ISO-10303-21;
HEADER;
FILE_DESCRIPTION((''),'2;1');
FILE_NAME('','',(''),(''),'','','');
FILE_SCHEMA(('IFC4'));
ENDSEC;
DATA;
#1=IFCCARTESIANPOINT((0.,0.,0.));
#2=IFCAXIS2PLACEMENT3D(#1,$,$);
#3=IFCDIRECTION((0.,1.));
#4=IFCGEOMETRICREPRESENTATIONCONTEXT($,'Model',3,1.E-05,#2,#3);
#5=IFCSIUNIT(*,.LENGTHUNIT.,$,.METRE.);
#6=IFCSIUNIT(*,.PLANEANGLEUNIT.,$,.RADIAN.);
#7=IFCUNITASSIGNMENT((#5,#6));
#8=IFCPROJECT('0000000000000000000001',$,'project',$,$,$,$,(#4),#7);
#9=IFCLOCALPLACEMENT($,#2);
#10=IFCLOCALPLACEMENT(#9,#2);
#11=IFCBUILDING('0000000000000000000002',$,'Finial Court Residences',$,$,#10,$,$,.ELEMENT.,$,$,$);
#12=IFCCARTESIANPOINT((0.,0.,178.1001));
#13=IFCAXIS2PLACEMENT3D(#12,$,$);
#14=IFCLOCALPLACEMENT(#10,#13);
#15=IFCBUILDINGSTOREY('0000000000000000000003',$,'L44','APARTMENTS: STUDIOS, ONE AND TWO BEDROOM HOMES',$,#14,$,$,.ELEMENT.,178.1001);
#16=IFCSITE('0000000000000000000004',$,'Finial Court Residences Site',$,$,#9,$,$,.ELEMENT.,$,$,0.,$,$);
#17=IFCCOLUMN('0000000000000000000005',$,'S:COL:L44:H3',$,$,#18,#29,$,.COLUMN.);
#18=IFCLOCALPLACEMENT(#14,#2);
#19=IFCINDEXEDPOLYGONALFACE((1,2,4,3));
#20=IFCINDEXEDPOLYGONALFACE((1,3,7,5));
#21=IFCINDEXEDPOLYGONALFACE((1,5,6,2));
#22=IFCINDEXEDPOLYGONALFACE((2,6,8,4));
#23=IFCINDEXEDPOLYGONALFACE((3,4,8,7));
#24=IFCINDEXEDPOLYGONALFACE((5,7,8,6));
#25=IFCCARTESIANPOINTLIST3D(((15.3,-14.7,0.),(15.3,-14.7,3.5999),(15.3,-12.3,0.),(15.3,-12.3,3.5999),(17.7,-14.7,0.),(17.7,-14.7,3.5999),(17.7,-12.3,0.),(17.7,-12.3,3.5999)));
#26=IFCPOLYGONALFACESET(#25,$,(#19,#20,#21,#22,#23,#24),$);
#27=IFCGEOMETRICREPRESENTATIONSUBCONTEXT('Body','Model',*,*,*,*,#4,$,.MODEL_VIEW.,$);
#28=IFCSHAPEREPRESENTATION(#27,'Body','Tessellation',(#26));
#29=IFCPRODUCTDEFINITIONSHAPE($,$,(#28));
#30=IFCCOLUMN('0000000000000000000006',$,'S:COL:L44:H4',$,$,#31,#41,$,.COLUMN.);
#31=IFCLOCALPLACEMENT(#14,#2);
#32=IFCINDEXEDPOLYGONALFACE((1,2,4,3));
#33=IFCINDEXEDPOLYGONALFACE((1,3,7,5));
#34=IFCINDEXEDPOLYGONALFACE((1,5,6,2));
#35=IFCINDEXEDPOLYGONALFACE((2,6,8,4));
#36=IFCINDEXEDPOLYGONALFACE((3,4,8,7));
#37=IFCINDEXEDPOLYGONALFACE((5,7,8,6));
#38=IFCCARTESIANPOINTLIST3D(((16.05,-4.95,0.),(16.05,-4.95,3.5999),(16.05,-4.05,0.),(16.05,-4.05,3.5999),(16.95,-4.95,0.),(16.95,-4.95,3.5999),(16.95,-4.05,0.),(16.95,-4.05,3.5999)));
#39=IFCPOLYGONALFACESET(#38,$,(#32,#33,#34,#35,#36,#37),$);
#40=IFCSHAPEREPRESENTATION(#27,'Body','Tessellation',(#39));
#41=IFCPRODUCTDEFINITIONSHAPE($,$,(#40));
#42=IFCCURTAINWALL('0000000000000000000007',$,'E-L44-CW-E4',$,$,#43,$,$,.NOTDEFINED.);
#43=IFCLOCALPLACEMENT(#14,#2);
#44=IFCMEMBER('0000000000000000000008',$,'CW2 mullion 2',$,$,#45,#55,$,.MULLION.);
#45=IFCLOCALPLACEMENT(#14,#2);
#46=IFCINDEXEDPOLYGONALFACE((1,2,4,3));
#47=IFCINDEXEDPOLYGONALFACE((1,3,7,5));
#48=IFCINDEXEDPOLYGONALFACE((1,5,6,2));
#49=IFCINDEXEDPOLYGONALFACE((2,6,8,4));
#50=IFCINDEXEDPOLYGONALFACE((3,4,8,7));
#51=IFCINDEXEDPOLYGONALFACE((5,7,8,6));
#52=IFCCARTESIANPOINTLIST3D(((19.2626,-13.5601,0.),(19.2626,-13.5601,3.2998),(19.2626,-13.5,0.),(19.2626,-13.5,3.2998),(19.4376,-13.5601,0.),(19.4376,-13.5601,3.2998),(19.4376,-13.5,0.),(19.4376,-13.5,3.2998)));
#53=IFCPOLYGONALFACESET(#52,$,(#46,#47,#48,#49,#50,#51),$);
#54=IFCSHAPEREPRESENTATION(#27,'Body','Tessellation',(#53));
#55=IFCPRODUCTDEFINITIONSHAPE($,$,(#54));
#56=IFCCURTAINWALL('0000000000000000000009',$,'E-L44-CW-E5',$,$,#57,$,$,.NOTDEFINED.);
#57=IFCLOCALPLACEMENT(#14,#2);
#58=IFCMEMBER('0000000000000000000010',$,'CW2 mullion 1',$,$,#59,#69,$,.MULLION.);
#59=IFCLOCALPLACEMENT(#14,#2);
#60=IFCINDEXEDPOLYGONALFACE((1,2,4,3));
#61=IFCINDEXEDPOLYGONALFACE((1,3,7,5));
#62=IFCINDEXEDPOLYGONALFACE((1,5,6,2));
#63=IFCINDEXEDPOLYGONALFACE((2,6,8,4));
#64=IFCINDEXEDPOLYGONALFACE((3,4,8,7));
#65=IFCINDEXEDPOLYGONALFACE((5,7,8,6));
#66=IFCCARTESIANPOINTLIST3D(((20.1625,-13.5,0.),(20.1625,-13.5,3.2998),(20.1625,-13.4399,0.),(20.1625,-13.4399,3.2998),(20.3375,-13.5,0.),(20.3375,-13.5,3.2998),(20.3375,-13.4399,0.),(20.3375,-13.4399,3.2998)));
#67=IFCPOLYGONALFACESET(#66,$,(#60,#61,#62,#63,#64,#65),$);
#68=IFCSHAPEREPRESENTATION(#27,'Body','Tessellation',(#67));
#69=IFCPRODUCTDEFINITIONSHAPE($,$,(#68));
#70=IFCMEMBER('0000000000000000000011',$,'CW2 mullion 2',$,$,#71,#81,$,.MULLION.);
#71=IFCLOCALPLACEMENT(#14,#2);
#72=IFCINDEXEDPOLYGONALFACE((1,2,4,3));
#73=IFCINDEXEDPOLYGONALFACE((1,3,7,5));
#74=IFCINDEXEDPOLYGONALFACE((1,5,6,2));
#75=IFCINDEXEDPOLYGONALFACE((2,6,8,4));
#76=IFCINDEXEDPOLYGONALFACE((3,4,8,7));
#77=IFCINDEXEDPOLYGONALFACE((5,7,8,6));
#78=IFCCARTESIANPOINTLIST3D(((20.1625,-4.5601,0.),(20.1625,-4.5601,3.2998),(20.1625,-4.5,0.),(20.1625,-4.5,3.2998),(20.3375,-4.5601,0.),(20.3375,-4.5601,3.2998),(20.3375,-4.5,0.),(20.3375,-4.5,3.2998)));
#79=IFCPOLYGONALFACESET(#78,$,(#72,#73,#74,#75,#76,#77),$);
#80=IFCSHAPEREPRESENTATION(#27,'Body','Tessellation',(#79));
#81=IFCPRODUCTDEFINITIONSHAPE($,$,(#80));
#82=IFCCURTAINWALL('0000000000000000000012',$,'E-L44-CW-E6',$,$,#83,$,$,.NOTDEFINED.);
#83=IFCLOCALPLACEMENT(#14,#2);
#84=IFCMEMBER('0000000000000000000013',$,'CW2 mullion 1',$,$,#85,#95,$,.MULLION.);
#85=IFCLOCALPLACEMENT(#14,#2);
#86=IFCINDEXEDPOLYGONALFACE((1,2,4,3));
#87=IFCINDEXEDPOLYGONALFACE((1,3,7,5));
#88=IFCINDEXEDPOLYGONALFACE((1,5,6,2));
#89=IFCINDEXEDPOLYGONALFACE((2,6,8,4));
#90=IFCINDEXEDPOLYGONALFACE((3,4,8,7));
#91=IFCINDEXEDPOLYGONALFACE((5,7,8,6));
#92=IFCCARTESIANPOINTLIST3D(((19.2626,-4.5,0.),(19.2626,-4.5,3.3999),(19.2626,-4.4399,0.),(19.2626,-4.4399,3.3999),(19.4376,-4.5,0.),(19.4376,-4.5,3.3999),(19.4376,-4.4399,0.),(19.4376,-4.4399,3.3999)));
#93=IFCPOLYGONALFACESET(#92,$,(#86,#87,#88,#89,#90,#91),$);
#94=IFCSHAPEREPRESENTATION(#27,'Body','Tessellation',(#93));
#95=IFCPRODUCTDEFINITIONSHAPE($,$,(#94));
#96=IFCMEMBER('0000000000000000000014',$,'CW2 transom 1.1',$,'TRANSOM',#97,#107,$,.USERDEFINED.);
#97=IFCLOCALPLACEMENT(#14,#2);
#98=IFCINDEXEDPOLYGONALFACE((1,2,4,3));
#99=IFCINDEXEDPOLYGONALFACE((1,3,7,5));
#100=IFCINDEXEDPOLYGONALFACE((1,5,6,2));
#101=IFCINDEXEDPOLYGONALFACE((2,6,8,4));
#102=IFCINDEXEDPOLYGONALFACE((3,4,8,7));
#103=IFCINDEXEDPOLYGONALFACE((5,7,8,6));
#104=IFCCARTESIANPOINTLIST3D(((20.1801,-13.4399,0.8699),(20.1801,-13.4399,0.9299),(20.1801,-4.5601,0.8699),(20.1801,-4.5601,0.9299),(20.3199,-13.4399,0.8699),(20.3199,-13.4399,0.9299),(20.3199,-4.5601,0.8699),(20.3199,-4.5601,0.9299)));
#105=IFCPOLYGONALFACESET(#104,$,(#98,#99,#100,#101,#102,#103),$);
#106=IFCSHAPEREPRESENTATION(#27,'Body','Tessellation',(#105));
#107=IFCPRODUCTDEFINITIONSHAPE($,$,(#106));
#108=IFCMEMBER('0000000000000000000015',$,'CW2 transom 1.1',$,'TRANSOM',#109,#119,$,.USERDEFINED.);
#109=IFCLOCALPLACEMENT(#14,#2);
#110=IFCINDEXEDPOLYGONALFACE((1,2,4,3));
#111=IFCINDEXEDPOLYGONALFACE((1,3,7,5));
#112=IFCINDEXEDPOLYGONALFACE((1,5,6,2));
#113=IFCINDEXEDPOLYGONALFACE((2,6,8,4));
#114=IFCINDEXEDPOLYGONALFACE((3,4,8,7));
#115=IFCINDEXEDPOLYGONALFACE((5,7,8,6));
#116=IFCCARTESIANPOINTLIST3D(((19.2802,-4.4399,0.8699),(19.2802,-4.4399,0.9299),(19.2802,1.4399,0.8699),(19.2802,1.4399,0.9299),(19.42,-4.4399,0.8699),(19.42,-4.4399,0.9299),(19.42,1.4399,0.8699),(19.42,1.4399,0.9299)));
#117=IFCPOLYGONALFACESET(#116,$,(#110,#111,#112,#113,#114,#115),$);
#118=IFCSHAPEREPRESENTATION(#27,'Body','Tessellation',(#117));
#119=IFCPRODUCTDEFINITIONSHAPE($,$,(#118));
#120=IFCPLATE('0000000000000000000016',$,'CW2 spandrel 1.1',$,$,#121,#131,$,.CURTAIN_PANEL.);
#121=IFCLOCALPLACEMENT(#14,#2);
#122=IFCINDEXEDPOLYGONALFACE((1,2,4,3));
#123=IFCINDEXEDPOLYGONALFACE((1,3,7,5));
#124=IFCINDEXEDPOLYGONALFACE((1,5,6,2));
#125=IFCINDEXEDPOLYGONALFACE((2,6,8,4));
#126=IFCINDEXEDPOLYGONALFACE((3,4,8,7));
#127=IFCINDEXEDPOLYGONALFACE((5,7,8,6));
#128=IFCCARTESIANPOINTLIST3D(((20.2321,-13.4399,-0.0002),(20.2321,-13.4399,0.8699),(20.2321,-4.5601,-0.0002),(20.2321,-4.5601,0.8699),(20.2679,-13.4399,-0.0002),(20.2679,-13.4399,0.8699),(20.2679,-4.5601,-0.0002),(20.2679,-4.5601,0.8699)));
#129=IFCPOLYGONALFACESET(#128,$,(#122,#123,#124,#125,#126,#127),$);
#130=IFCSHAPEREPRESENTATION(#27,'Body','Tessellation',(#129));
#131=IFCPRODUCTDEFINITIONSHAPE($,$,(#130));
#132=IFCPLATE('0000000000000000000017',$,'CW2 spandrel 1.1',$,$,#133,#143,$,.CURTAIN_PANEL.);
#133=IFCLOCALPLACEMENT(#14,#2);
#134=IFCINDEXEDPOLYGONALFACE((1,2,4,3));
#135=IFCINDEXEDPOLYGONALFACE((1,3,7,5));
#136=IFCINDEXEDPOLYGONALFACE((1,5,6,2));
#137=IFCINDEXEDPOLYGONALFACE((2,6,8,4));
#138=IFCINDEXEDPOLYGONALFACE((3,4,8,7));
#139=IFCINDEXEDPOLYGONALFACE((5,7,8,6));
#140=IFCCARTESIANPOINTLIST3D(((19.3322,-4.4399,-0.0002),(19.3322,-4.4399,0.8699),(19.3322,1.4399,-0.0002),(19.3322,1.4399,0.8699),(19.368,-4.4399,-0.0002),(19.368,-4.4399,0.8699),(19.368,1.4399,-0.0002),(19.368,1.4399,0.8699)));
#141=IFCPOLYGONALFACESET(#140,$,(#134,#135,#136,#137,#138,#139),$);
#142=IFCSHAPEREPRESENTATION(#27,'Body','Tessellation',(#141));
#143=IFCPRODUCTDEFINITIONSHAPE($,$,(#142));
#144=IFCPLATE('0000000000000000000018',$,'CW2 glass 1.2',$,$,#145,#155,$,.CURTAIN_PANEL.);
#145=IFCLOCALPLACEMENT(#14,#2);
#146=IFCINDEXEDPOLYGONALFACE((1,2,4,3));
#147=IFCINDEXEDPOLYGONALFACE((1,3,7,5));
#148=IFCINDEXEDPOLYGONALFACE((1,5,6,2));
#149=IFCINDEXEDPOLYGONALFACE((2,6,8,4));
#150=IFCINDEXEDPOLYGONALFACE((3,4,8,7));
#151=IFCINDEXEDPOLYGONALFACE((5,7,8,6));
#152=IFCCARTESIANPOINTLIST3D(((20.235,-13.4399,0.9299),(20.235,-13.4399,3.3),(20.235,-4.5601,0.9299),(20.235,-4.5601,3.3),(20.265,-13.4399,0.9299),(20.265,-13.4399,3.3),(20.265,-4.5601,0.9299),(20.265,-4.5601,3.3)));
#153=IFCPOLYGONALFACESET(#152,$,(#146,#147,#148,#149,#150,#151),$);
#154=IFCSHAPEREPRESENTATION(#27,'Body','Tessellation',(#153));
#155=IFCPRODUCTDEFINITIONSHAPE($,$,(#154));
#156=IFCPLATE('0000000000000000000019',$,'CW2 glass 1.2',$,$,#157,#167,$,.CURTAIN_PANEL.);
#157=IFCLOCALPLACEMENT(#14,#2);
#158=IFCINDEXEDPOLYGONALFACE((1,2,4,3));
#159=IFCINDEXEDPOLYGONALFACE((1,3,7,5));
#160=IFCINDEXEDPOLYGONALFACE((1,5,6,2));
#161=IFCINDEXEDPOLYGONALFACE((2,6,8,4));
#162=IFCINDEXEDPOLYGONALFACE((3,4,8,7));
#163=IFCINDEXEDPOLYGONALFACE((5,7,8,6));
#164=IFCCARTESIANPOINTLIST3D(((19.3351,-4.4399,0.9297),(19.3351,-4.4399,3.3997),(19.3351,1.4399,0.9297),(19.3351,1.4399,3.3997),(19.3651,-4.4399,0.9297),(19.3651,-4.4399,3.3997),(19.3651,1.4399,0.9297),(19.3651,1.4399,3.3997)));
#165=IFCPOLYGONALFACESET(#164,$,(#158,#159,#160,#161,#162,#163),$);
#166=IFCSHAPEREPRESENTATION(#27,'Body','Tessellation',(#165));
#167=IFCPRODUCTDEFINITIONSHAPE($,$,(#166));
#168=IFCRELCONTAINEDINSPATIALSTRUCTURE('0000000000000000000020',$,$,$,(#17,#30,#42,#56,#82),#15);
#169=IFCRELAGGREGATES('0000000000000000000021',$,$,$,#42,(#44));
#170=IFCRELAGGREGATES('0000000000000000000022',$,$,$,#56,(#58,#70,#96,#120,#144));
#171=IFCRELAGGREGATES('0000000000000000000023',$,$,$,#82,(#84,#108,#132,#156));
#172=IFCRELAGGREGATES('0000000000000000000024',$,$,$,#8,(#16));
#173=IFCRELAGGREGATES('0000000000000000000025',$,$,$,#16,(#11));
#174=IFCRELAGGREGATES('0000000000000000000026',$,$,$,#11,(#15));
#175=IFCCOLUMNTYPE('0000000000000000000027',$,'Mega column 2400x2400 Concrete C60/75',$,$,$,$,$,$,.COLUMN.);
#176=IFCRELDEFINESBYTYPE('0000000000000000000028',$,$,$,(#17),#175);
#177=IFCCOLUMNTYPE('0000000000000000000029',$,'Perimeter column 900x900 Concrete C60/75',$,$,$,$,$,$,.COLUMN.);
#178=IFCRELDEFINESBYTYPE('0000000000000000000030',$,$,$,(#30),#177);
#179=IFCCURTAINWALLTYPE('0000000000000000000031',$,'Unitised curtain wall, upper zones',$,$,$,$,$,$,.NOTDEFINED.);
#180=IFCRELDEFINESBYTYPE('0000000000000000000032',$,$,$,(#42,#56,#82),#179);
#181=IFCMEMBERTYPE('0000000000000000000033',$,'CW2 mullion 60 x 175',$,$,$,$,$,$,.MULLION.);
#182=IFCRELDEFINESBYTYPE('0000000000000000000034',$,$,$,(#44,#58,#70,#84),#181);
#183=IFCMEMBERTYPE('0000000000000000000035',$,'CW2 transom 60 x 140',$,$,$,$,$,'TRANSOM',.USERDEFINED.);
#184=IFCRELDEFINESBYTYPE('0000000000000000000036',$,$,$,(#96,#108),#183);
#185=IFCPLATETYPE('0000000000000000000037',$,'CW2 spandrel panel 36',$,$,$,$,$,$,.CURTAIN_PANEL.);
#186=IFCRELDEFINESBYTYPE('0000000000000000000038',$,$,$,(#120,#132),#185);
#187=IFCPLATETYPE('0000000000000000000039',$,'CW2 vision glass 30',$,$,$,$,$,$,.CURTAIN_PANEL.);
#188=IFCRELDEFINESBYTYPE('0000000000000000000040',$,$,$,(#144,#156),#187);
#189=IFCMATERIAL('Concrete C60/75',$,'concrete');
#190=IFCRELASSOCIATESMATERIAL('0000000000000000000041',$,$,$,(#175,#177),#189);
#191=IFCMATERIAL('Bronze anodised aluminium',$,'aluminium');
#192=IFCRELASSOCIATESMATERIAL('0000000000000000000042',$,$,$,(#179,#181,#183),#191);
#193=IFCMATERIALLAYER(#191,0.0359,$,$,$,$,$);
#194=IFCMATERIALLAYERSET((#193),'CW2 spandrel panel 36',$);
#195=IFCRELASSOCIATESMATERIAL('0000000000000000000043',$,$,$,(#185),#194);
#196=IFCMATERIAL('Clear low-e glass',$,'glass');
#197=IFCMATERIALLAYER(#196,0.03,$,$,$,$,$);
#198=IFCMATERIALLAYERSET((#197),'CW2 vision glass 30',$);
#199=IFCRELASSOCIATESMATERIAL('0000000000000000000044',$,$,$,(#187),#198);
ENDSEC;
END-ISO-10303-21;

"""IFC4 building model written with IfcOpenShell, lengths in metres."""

from ifc_helpers import new_model, si_unit, direction, frame, origin, origin_2d, place, context, subcontext, project, spatial, rectangle, extrude, material, layer, layer_set, material_profile, profile_set, type_object, element, aggregate, save


model = new_model("IFC4")

# Units and contexts
model_context = context("Model", 3, precision=1e-05, world=origin(), true_north=direction((0.0, 1.0)))
body_context = subcontext(model_context, "Body", "Model", "MODEL_VIEW")
ifc_project = project(units=[si_unit("LENGTHUNIT", "METRE"), si_unit("PLANEANGLEUNIT", "RADIAN")], contexts=[model_context])

# Site, building, storey
site_placement = place(None, origin())
site = spatial("IfcSite", under=ifc_project, at=site_placement, Name="Finial Court Residences Site", CompositionType="ELEMENT", RefElevation=0.0)
building_placement = place(site_placement, origin())
building = spatial("IfcBuilding", under=site, at=building_placement, Name="Finial Court Residences", CompositionType="ELEMENT")
storey_placement = place(building_placement, frame((0.0, 0.0, 178.1001)))
storey = spatial("IfcBuildingStorey", under=building, at=storey_placement, Name="L44", Description="APARTMENTS: STUDIOS, ONE AND TWO BEDROOM HOMES", CompositionType="ELEMENT", Elevation=178.1001)

# Columns
ifc_material_1 = material(Name="Concrete C60/75", Category="concrete")
ifc_material_profile_1 = material_profile(ifc_material_1, rectangle(XDim=2.3999, YDim=2.3999, at=origin_2d()), Name="2400x2400")
ifc_profile_set_1 = profile_set([ifc_material_profile_1], Name="Concrete C60/75")
column_type_1 = type_object("IfcColumnType", Name="Mega column 2400x2400 Concrete C60/75", PredefinedType="COLUMN", material=ifc_profile_set_1)
column_1_placement = place(storey_placement, frame((16.5, -13.5, 0.0), z_axis=(0.0, 0.0, 1.0), x_axis=(1.0, 0.0, 0.0)))
element("IfcColumn", 1, at=column_1_placement, inside=storey, type_object=column_type_1, Name="S:COL:L44:H3", PredefinedType="COLUMN", context=body_context, shape_type="SweptSolid", body=[
    extrude(rectangle(XDim=2.3999, YDim=2.3999, at=origin_2d()), origin(), (0.0, 0.0, 1.0), 3.5999),
])
ifc_material_profile_2 = material_profile(ifc_material_1, rectangle(XDim=0.8999, YDim=0.8999, at=origin_2d()), Name="900x900")
ifc_profile_set_2 = profile_set([ifc_material_profile_2], Name="Concrete C60/75")
column_type_2 = type_object("IfcColumnType", Name="Perimeter column 900x900 Concrete C60/75", PredefinedType="COLUMN", material=ifc_profile_set_2)
column_2_placement = place(storey_placement, frame((16.5, -4.5, 0.0), z_axis=(0.0, 0.0, 1.0), x_axis=(1.0, 0.0, 0.0)))
element("IfcColumn", 2, at=column_2_placement, inside=storey, type_object=column_type_2, Name="S:COL:L44:H4", PredefinedType="COLUMN", context=body_context, shape_type="SweptSolid", body=[
    extrude(rectangle(XDim=0.8999, YDim=0.8999, at=origin_2d()), origin(), (0.0, 0.0, 1.0), 3.5999),
])

# Curtain wall, member
ifc_material_2 = material(Name="Bronze anodised aluminium", Category="aluminium")
curtain_wall_type = type_object("IfcCurtainWallType", Name="Unitised curtain wall, upper zones", PredefinedType="NOTDEFINED", material=ifc_material_2)
curtain_wall_1_placement = place(storey_placement, origin())
curtain_wall_1 = element("IfcCurtainWall", 3, at=curtain_wall_1_placement, inside=storey, type_object=curtain_wall_type, Name="E-L44-CW-E4", PredefinedType="NOTDEFINED")
ifc_material_profile_3 = material_profile(ifc_material_2, rectangle(XDim=0.175, YDim=0.0601, at=origin_2d()), Name="CW2 mullion 60 x 175")
ifc_profile_set_3 = profile_set([ifc_material_profile_3], Name="Bronze anodised aluminium")
member_type_1 = type_object("IfcMemberType", Name="CW2 mullion 60 x 175", PredefinedType="MULLION", material=ifc_profile_set_3)
member_1_placement = place(storey_placement, frame((19.3501, -13.53, 0.0), z_axis=(0.0, 0.0, 1.0), x_axis=(-1.0, 0.0, 0.0)))
member_1 = element("IfcMember", 4, at=member_1_placement, type_object=member_type_1, Name="CW2 mullion 2", PredefinedType="MULLION", context=body_context, shape_type="SweptSolid", body=[
    extrude(rectangle(XDim=0.175, YDim=0.0601, at=origin_2d()), origin(), (0.0, 0.0, 1.0), 3.2998),
])
aggregate(curtain_wall_1, [member_1])

# Curtain wall, members
curtain_wall_2_placement = place(storey_placement, origin())
curtain_wall_2 = element("IfcCurtainWall", 5, at=curtain_wall_2_placement, inside=storey, type_object=curtain_wall_type, Name="E-L44-CW-E5", PredefinedType="NOTDEFINED")
member_2_placement = place(storey_placement, frame((20.25, -13.47, 0.0), z_axis=(0.0, 0.0, 1.0), x_axis=(-1.0, 0.0, 0.0)))
member_2 = element("IfcMember", 6, at=member_2_placement, type_object=member_type_1, Name="CW2 mullion 1", PredefinedType="MULLION", context=body_context, shape_type="SweptSolid", body=[
    extrude(rectangle(XDim=0.175, YDim=0.0601, at=origin_2d()), origin(), (0.0, 0.0, 1.0), 3.2998),
])
member_3_placement = place(storey_placement, frame((20.25, -4.53, 0.0), z_axis=(0.0, 0.0, 1.0), x_axis=(-1.0, 0.0, 0.0)))
member_3 = element("IfcMember", 7, at=member_3_placement, type_object=member_type_1, Name="CW2 mullion 2", PredefinedType="MULLION", context=body_context, shape_type="SweptSolid", body=[
    extrude(rectangle(XDim=0.175, YDim=0.0601, at=origin_2d()), origin(), (0.0, 0.0, 1.0), 3.2998),
])

# Curtain wall, member
curtain_wall_3_placement = place(storey_placement, origin())
curtain_wall_3 = element("IfcCurtainWall", 8, at=curtain_wall_3_placement, inside=storey, type_object=curtain_wall_type, Name="E-L44-CW-E6", PredefinedType="NOTDEFINED")
member_4_placement = place(storey_placement, frame((19.3501, -4.47, 0.0), z_axis=(0.0, 0.0, 1.0), x_axis=(-1.0, 0.0, 0.0)))
member_4 = element("IfcMember", 9, at=member_4_placement, type_object=member_type_1, Name="CW2 mullion 1", PredefinedType="MULLION", context=body_context, shape_type="SweptSolid", body=[
    extrude(rectangle(XDim=0.175, YDim=0.0601, at=origin_2d()), origin(), (0.0, 0.0, 1.0), 3.3999),
])

# Members
ifc_material_profile_4 = material_profile(ifc_material_2, rectangle(XDim=0.1399, YDim=0.0601, at=origin_2d()), Name="CW2 transom 60 x 140")
ifc_profile_set_4 = profile_set([ifc_material_profile_4], Name="Bronze anodised aluminium")
member_type_2 = type_object("IfcMemberType", Name="CW2 transom 60 x 140", ElementType="TRANSOM", PredefinedType="USERDEFINED", material=ifc_profile_set_4)
member_5_placement = place(storey_placement, frame((20.25, -13.4399, 0.8999), z_axis=(0.0, 1.0, 0.0), x_axis=(-1.0, 0.0, 0.0)))
member_5 = element("IfcMember", 10, at=member_5_placement, type_object=member_type_2, Name="CW2 transom 1.1", ObjectType="TRANSOM", PredefinedType="USERDEFINED", context=body_context, shape_type="SweptSolid", body=[
    extrude(rectangle(XDim=0.1399, YDim=0.0601, at=origin_2d()), origin(), (0.0, 0.0, 1.0), 8.8799),
])
member_6_placement = place(storey_placement, frame((19.3501, -4.4399, 0.8999), z_axis=(0.0, 1.0, 0.0), x_axis=(-1.0, 0.0, 0.0)))
member_6 = element("IfcMember", 11, at=member_6_placement, type_object=member_type_2, Name="CW2 transom 1.1", ObjectType="TRANSOM", PredefinedType="USERDEFINED", context=body_context, shape_type="SweptSolid", body=[
    extrude(rectangle(XDim=0.1399, YDim=0.0601, at=origin_2d()), origin(), (0.0, 0.0, 1.0), 5.8799),
])

# Plates
ifc_layer_1 = layer(ifc_material_2, 0.0359)
ifc_layer_set_1 = layer_set([ifc_layer_1], Name="CW2 spandrel panel 36")
plate_type_1 = type_object("IfcPlateType", Name="CW2 spandrel panel 36", PredefinedType="CURTAIN_PANEL", material=ifc_layer_set_1)
plate_1_placement = place(storey_placement, frame((20.25, -9.0, -0.0002), z_axis=(0.0, 0.0, 1.0), x_axis=(0.0, 1.0, 0.0)))
plate_1 = element("IfcPlate", 12, at=plate_1_placement, type_object=plate_type_1, Name="CW2 spandrel 1.1", PredefinedType="CURTAIN_PANEL", context=body_context, shape_type="SweptSolid", body=[
    extrude(rectangle(XDim=8.8799, YDim=0.0359, at=origin_2d()), origin(), (0.0, 0.0, 1.0), 0.8701),
])
plate_2_placement = place(storey_placement, frame((19.3501, -1.5, -0.0002), z_axis=(0.0, 0.0, 1.0), x_axis=(0.0, 1.0, 0.0)))
plate_2 = element("IfcPlate", 13, at=plate_2_placement, type_object=plate_type_1, Name="CW2 spandrel 1.1", PredefinedType="CURTAIN_PANEL", context=body_context, shape_type="SweptSolid", body=[
    extrude(rectangle(XDim=5.8799, YDim=0.0359, at=origin_2d()), origin(), (0.0, 0.0, 1.0), 0.8701),
])
ifc_material_3 = material(Name="Clear low-e glass", Category="glass")
ifc_layer_2 = layer(ifc_material_3, 0.03)
ifc_layer_set_2 = layer_set([ifc_layer_2], Name="CW2 vision glass 30")
plate_type_2 = type_object("IfcPlateType", Name="CW2 vision glass 30", PredefinedType="CURTAIN_PANEL", material=ifc_layer_set_2)
plate_3_placement = place(storey_placement, frame((20.25, -9.0, 0.9299), z_axis=(0.0, 0.0, 1.0), x_axis=(0.0, 1.0, 0.0)))
plate_3 = element("IfcPlate", 14, at=plate_3_placement, type_object=plate_type_2, Name="CW2 glass 1.2", PredefinedType="CURTAIN_PANEL", context=body_context, shape_type="SweptSolid", body=[
    extrude(rectangle(XDim=8.8799, YDim=0.03, at=origin_2d()), origin(), (0.0, 0.0, 1.0), 2.3701),
])
aggregate(curtain_wall_2, [member_2, member_3, member_5, plate_1, plate_3])
plate_4_placement = place(storey_placement, frame((19.3501, -1.5, 0.9297), z_axis=(0.0, 0.0, 1.0), x_axis=(0.0, 1.0, 0.0)))
plate_4 = element("IfcPlate", 15, at=plate_4_placement, type_object=plate_type_2, Name="CW2 glass 1.2", PredefinedType="CURTAIN_PANEL", context=body_context, shape_type="SweptSolid", body=[
    extrude(rectangle(XDim=5.8799, YDim=0.03, at=origin_2d()), origin(), (0.0, 0.0, 1.0), 2.47),
])
aggregate(curtain_wall_3, [member_4, member_6, plate_2, plate_4])

save(model, "model.ifc")
